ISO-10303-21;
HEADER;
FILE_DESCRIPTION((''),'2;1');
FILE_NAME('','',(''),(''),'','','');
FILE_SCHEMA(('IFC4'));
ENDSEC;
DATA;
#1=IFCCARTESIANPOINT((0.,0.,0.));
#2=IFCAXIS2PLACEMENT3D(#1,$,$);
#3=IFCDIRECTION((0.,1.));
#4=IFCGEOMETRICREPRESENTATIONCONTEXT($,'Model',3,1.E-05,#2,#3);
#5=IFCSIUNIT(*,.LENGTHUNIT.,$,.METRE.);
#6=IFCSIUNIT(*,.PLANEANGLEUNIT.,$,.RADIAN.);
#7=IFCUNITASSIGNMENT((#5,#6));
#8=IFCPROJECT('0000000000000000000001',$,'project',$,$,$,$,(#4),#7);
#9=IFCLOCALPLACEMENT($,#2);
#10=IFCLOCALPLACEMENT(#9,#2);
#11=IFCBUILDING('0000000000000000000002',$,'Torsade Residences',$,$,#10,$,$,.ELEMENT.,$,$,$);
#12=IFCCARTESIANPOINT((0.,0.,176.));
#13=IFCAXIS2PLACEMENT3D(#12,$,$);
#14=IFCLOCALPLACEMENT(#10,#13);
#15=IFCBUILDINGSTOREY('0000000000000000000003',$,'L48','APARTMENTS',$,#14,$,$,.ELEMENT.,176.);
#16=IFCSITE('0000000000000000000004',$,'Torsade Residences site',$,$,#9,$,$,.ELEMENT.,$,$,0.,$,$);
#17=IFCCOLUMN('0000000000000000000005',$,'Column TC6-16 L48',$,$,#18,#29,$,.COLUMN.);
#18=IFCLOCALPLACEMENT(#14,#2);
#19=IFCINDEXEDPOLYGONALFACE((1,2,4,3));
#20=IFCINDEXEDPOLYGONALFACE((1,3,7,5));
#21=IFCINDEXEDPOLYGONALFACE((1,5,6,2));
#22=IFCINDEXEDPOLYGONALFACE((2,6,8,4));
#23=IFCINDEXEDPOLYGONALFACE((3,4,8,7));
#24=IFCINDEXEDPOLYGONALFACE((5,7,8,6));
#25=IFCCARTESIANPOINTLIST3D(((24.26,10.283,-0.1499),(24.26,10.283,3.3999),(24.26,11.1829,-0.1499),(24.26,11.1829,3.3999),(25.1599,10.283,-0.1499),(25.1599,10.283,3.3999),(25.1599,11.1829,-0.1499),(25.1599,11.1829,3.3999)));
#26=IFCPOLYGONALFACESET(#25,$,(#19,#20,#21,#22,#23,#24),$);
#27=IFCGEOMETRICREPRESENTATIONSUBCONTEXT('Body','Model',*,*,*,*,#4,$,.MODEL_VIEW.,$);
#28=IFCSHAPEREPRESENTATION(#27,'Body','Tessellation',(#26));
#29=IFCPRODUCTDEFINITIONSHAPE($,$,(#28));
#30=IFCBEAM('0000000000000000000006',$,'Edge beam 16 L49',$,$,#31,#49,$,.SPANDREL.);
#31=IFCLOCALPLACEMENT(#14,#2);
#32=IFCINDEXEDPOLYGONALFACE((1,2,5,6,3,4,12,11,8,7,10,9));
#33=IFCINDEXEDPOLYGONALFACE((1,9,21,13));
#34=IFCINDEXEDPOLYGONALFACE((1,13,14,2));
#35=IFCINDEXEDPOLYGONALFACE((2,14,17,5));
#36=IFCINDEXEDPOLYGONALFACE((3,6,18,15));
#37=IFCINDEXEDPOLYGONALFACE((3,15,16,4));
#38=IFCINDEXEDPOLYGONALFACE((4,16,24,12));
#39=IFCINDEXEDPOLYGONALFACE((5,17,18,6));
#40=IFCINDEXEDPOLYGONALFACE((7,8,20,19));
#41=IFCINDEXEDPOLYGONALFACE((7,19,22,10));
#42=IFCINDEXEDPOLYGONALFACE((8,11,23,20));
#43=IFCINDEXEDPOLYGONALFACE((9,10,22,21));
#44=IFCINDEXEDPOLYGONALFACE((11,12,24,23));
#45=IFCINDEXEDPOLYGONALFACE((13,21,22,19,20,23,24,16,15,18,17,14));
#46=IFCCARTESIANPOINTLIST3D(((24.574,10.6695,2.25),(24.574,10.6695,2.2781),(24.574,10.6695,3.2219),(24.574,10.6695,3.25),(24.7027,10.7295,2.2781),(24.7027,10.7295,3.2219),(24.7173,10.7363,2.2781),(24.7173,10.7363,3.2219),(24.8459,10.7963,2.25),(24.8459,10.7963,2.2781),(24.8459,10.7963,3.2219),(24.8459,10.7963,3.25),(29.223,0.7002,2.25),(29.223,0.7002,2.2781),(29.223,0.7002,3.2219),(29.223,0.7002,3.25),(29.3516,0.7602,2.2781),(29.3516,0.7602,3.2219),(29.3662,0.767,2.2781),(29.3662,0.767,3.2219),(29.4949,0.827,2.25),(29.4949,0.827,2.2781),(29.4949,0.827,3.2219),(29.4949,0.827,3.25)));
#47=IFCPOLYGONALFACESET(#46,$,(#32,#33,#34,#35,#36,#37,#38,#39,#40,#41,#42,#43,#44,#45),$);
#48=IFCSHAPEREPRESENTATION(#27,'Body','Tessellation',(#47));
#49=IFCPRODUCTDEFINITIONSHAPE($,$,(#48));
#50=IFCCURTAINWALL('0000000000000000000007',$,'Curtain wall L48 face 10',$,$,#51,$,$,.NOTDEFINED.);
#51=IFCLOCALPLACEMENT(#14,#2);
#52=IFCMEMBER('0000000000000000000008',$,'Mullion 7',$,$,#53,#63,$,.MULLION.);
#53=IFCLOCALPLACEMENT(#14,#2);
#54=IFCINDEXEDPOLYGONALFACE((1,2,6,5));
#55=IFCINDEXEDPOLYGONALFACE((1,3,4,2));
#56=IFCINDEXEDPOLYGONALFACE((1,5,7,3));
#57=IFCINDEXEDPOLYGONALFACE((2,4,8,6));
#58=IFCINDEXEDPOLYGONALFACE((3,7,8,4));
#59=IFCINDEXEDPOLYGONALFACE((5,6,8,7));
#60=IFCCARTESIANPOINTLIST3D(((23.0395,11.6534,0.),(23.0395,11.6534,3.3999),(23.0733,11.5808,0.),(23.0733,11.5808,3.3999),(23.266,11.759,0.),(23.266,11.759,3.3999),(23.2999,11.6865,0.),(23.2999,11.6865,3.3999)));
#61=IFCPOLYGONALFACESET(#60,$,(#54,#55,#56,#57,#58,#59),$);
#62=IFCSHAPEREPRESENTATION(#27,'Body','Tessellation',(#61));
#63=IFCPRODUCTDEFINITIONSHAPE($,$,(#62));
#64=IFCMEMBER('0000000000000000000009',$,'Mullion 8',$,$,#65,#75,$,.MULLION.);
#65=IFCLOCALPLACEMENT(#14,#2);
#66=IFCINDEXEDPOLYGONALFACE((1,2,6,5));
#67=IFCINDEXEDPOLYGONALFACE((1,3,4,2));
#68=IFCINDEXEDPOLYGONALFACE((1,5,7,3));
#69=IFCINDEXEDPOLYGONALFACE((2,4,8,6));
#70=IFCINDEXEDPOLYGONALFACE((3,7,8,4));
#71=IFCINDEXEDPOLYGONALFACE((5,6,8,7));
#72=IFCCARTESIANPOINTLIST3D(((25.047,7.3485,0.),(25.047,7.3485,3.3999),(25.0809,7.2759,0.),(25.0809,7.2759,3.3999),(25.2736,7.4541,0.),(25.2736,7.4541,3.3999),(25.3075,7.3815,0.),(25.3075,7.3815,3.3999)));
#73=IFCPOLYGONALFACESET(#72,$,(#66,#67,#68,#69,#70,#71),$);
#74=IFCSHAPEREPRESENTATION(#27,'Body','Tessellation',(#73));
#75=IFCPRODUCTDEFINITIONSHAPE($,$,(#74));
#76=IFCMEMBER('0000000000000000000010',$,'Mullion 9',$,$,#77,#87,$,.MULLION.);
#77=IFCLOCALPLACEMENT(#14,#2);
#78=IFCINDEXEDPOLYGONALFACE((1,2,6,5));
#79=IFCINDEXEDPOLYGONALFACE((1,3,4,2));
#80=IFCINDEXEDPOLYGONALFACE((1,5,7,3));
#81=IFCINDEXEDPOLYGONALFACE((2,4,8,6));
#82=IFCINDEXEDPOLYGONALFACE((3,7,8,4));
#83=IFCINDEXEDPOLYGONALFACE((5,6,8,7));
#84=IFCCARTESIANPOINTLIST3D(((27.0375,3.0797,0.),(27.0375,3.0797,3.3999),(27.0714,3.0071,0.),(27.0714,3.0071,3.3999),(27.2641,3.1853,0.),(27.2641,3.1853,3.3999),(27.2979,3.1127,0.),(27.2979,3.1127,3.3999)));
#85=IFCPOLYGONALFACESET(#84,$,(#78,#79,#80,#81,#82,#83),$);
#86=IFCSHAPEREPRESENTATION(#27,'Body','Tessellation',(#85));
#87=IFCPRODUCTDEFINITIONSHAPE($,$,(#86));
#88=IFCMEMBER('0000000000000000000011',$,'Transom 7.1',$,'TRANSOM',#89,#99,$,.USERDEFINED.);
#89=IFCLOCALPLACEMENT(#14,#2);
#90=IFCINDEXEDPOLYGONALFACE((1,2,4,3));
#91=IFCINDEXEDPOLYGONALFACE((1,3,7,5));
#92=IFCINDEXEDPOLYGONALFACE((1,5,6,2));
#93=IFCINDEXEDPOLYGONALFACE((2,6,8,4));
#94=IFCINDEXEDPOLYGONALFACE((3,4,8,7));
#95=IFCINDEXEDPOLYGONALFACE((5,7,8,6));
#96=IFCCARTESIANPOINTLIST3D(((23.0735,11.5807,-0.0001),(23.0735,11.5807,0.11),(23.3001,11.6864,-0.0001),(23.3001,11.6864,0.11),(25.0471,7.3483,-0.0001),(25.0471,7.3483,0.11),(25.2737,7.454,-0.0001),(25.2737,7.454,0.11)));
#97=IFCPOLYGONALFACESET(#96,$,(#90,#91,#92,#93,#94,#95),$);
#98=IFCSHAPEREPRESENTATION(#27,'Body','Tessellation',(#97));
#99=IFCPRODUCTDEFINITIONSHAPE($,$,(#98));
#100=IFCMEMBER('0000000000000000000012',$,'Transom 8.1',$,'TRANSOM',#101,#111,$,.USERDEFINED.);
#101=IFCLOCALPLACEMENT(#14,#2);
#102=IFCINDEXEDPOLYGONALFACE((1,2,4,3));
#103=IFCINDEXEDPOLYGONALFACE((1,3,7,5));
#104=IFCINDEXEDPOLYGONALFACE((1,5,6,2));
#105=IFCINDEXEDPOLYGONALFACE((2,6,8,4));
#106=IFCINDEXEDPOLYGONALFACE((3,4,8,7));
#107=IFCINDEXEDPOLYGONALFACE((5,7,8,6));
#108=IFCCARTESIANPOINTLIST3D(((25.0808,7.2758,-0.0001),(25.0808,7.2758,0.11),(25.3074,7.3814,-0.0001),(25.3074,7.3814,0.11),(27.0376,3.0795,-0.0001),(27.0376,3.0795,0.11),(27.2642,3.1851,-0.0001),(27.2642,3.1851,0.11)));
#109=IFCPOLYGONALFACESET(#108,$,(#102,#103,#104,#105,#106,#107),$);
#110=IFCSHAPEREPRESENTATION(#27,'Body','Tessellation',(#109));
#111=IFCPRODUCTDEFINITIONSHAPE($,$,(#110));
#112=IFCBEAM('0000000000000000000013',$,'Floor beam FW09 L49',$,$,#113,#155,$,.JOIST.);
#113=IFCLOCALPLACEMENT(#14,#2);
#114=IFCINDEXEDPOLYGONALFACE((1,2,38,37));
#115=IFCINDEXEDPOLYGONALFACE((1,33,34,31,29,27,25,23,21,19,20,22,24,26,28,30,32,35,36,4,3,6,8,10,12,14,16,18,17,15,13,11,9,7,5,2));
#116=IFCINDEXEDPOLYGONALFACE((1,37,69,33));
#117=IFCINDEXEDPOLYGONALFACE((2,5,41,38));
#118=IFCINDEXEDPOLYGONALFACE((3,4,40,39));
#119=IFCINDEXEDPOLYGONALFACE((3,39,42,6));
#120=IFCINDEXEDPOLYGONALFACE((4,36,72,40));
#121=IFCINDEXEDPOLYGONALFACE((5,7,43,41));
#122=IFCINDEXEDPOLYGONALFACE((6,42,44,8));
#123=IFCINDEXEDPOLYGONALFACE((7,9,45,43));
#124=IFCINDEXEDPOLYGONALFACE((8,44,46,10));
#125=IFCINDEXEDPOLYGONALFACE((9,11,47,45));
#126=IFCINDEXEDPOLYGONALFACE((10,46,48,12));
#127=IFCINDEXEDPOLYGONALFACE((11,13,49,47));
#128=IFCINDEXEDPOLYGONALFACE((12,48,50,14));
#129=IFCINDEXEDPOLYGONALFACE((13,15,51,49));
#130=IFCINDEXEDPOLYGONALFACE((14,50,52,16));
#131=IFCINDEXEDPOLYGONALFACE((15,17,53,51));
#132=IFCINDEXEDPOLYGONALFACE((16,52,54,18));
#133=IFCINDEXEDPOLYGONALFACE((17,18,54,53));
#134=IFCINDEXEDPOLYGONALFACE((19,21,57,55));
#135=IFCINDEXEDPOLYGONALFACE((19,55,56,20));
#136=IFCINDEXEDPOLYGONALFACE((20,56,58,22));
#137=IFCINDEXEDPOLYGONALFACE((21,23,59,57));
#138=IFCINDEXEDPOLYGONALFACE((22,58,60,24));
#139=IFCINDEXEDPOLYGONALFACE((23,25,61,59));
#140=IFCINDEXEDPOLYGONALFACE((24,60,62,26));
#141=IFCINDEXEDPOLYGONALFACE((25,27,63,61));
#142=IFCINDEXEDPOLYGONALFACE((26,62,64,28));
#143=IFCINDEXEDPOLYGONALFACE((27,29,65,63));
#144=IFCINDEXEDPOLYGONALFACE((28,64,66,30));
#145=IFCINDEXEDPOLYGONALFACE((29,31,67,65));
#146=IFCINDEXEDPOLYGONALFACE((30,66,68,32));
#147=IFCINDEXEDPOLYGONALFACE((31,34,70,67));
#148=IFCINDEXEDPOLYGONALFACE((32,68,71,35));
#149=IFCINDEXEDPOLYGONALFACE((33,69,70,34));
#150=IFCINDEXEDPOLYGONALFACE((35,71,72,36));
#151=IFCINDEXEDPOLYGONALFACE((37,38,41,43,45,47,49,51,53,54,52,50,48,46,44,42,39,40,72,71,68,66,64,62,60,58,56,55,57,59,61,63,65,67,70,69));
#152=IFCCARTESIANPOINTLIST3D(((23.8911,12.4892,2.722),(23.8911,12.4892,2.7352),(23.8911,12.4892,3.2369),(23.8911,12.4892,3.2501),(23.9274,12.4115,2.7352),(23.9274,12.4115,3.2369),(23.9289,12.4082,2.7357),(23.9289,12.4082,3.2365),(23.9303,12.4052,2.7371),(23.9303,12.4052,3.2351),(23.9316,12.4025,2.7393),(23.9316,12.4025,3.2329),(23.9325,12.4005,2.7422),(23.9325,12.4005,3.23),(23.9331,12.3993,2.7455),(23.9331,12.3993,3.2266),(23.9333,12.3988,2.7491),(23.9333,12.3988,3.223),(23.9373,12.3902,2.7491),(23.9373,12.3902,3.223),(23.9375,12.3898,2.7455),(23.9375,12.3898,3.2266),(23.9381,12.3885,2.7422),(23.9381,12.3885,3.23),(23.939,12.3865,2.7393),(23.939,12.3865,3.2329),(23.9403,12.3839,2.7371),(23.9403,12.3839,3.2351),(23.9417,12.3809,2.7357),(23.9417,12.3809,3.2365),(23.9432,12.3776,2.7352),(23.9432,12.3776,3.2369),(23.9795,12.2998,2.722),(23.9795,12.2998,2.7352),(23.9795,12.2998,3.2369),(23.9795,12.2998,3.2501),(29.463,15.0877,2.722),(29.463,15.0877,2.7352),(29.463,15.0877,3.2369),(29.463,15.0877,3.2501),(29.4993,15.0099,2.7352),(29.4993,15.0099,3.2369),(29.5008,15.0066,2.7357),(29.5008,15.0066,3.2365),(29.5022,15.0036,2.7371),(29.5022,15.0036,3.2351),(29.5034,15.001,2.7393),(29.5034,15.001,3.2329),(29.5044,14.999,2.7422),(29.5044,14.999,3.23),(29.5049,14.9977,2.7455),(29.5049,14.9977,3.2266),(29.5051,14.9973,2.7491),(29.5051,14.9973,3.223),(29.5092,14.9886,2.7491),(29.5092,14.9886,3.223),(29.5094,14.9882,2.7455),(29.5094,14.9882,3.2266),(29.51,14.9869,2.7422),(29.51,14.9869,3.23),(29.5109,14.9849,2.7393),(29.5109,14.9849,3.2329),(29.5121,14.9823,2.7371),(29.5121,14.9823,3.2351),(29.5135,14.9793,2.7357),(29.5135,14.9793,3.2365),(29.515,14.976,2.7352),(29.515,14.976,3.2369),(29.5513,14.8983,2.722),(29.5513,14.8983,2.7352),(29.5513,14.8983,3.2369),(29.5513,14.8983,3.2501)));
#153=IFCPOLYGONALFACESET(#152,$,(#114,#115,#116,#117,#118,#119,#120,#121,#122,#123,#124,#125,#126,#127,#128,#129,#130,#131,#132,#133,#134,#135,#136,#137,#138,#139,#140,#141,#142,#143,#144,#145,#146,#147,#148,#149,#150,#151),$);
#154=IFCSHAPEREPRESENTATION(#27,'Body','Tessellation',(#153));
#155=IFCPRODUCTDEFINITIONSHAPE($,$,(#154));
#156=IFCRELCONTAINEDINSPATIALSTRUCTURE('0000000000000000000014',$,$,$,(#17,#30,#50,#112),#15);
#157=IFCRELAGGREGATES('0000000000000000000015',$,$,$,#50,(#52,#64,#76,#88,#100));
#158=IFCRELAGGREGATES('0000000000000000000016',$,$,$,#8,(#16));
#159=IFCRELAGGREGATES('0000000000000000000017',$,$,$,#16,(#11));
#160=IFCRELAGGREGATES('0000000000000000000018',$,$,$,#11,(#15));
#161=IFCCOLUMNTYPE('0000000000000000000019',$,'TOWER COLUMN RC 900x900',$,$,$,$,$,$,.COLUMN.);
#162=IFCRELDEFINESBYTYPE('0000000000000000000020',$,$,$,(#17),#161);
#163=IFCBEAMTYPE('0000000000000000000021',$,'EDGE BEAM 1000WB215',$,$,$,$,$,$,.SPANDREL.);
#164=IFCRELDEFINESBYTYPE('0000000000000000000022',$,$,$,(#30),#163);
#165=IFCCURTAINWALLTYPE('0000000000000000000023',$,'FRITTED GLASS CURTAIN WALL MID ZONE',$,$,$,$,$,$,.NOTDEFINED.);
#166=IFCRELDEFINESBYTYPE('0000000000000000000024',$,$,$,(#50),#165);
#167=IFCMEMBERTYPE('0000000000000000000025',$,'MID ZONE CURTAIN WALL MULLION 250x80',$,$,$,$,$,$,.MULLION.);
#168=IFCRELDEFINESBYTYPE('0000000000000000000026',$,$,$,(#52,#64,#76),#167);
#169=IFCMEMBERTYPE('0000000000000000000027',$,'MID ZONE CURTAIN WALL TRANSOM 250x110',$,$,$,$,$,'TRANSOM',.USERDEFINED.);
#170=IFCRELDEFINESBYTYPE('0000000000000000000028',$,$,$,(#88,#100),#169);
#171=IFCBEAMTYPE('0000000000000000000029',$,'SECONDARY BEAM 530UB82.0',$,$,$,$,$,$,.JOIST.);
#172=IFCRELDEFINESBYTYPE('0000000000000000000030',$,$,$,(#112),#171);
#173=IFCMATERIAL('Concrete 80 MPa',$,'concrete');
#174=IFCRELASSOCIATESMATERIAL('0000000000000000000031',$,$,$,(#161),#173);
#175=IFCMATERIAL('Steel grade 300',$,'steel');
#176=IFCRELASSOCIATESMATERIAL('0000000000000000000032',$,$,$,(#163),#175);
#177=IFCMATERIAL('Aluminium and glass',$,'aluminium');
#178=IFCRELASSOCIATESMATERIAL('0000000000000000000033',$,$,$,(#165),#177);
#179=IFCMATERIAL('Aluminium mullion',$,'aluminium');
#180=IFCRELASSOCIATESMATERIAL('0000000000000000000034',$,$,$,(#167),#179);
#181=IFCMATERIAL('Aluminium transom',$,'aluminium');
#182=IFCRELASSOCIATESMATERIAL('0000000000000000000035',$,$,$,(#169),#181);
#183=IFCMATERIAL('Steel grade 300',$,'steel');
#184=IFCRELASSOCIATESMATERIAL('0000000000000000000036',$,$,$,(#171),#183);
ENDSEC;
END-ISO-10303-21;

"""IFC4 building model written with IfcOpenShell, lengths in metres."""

from ifc_helpers import new_model, si_unit, direction, frame, origin, origin_2d, place, context, subcontext, project, spatial, rectangle, i_section, extrude, material, material_profile, profile_set, type_object, element, aggregate, save


model = new_model("IFC4")

# Units and contexts
model_context = context("Model", 3, precision=1e-05, world=origin(), true_north=direction((0.0, 1.0)))
body_context = subcontext(model_context, "Body", "Model", "MODEL_VIEW")
ifc_project = project(units=[si_unit("LENGTHUNIT", "METRE"), si_unit("PLANEANGLEUNIT", "RADIAN")], contexts=[model_context])

# Site, building, storey
site_placement = place(None, origin())
site = spatial("IfcSite", under=ifc_project, at=site_placement, Name="Torsade Residences site", CompositionType="ELEMENT", RefElevation=0.0)
building_placement = place(site_placement, origin())
building = spatial("IfcBuilding", under=site, at=building_placement, Name="Torsade Residences", CompositionType="ELEMENT")
storey_placement = place(building_placement, frame((0.0, 0.0, 176.0)))
storey = spatial("IfcBuildingStorey", under=building, at=storey_placement, Name="L48", Description="APARTMENTS", CompositionType="ELEMENT", Elevation=176.0)

# Column
ifc_material_1 = material(Name="Concrete 80 MPa", Category="concrete")
ifc_material_profile_1 = material_profile(ifc_material_1, rectangle(XDim=0.8999, YDim=0.8999, at=origin_2d()), Name="RC 900x900")
ifc_profile_set_1 = profile_set([ifc_material_profile_1], Name="Concrete 80 MPa")
column_type = type_object("IfcColumnType", Name="TOWER COLUMN RC 900x900", PredefinedType="COLUMN", material=ifc_profile_set_1)
column_placement = place(storey_placement, frame((24.71, 10.7329, -0.1499), z_axis=(0.0, 0.0, 1.0), x_axis=(1.0, 0.0, 0.0)))
element("IfcColumn", 1, at=column_placement, inside=storey, type_object=column_type, Name="Column TC6-16 L48", PredefinedType="COLUMN", context=body_context, shape_type="SweptSolid", body=[
    extrude(rectangle(XDim=0.8999, YDim=0.8999, at=origin_2d()), origin(), (0.0, 0.0, 1.0), 3.5498),
])

# Beam
ifc_material_2 = material(Name="Steel grade 300", Category="steel")
ifc_material_profile_2 = material_profile(ifc_material_2, i_section(OverallWidth=0.3, OverallDepth=1.0, WebThickness=0.0161, FlangeThickness=0.0281, at=origin_2d()), Name="1000WB215")
ifc_profile_set_2 = profile_set([ifc_material_profile_2], Name="Steel grade 300")
beam_type_1 = type_object("IfcBeamType", Name="EDGE BEAM 1000WB215", PredefinedType="SPANDREL", material=ifc_profile_set_2)
beam_1_placement = place(storey_placement, frame((24.71, 10.7329, 2.75), z_axis=(0.422633, -0.906301, 0.0), x_axis=(0.906301, 0.422633, 0.0)))
element("IfcBeam", 2, at=beam_1_placement, inside=storey, type_object=beam_type_1, Name="Edge beam 16 L49", PredefinedType="SPANDREL", context=body_context, shape_type="SweptSolid", body=[
    extrude(i_section(OverallWidth=0.3, OverallDepth=1.0, WebThickness=0.0161, FlangeThickness=0.0281, at=origin_2d()), origin(), (0.0, 0.0, 1.0), 11.0),
])

# Curtain wall, members
ifc_material_3 = material(Name="Aluminium and glass", Category="aluminium")
curtain_wall_type = type_object("IfcCurtainWallType", Name="FRITTED GLASS CURTAIN WALL MID ZONE", PredefinedType="NOTDEFINED", material=ifc_material_3)
curtain_wall_placement = place(storey_placement, origin())
curtain_wall = element("IfcCurtainWall", 3, at=curtain_wall_placement, inside=storey, type_object=curtain_wall_type, Name="Curtain wall L48 face 10", PredefinedType="NOTDEFINED")
ifc_material_4 = material(Name="Aluminium mullion", Category="aluminium")
ifc_material_profile_3 = material_profile(ifc_material_4, rectangle(XDim=0.25, YDim=0.0801, at=origin_2d()), Name="MID ZONE CURTAIN WALL MULLION 250x80")
ifc_profile_set_3 = profile_set([ifc_material_profile_3], Name="Aluminium mullion")
member_type_1 = type_object("IfcMemberType", Name="MID ZONE CURTAIN WALL MULLION 250x80", PredefinedType="MULLION", material=ifc_profile_set_3)
member_1_placement = place(storey_placement, frame((23.1697, 11.6699, 0.0), z_axis=(0.0, 0.0, 1.0), x_axis=(0.906308, 0.422618, 0.0)))
member_1 = element("IfcMember", 4, at=member_1_placement, type_object=member_type_1, Name="Mullion 7", PredefinedType="MULLION", context=body_context, shape_type="SweptSolid", body=[
    extrude(rectangle(XDim=0.25, YDim=0.0801, at=origin_2d()), origin(), (0.0, 0.0, 1.0), 3.3999),
])
member_2_placement = place(storey_placement, frame((25.1772, 7.365, 0.0), z_axis=(0.0, 0.0, 1.0), x_axis=(0.906308, 0.422618, 0.0)))
member_2 = element("IfcMember", 5, at=member_2_placement, type_object=member_type_1, Name="Mullion 8", PredefinedType="MULLION", context=body_context, shape_type="SweptSolid", body=[
    extrude(rectangle(XDim=0.25, YDim=0.0801, at=origin_2d()), origin(), (0.0, 0.0, 1.0), 3.3999),
])
member_3_placement = place(storey_placement, frame((27.1677, 3.0962, 0.0), z_axis=(0.0, 0.0, 1.0), x_axis=(0.906308, 0.422618, 0.0)))
member_3 = element("IfcMember", 6, at=member_3_placement, type_object=member_type_1, Name="Mullion 9", PredefinedType="MULLION", context=body_context, shape_type="SweptSolid", body=[
    extrude(rectangle(XDim=0.25, YDim=0.0801, at=origin_2d()), origin(), (0.0, 0.0, 1.0), 3.3999),
])
ifc_material_5 = material(Name="Aluminium transom", Category="aluminium")
ifc_material_profile_4 = material_profile(ifc_material_5, rectangle(XDim=0.25, YDim=0.1101, at=origin_2d()), Name="MID ZONE CURTAIN WALL TRANSOM 250x110")
ifc_profile_set_4 = profile_set([ifc_material_profile_4], Name="Aluminium transom")
member_type_2 = type_object("IfcMemberType", Name="MID ZONE CURTAIN WALL TRANSOM 250x110", ElementType="TRANSOM", PredefinedType="USERDEFINED", material=ifc_profile_set_4)
member_4_placement = place(storey_placement, frame((23.1868, 11.6335, 0.0549), z_axis=(0.422622, -0.906306, 0.0), x_axis=(0.906306, 0.422622, 0.0)))
member_4 = element("IfcMember", 7, at=member_4_placement, type_object=member_type_2, Name="Transom 7.1", ObjectType="TRANSOM", PredefinedType="USERDEFINED", context=body_context, shape_type="SweptSolid", body=[
    extrude(rectangle(XDim=0.25, YDim=0.1101, at=origin_2d()), origin(), (0.0, 0.0, 1.0), 4.6699),
])
member_5_placement = place(storey_placement, frame((25.1941, 7.3286, 0.0549), z_axis=(0.422623, -0.906306, 0.0), x_axis=(0.906306, 0.422623, 0.0)))
member_5 = element("IfcMember", 8, at=member_5_placement, type_object=member_type_2, Name="Transom 8.1", ObjectType="TRANSOM", PredefinedType="USERDEFINED", context=body_context, shape_type="SweptSolid", body=[
    extrude(rectangle(XDim=0.25, YDim=0.1101, at=origin_2d()), origin(), (0.0, 0.0, 1.0), 4.6301),
])

# Beam
ifc_material_6 = material(Name="Steel grade 300", Category="steel")
ifc_material_profile_5 = material_profile(ifc_material_6, i_section(OverallWidth=0.209, OverallDepth=0.5281, WebThickness=0.0095, FlangeThickness=0.0132, FilletRadius=0.0139, at=origin_2d()), Name="530UB82.0")
ifc_profile_set_5 = profile_set([ifc_material_profile_5], Name="Steel grade 300")
beam_type_2 = type_object("IfcBeamType", Name="SECONDARY BEAM 530UB82.0", PredefinedType="JOIST", material=ifc_profile_set_5)
beam_2_placement = place(storey_placement, frame((23.9353, 12.3945, 2.9861), z_axis=(0.906294, 0.422648, 0.0), x_axis=(-0.422648, 0.906294, 0.0)))
element("IfcBeam", 9, at=beam_2_placement, inside=storey, type_object=beam_type_2, Name="Floor beam FW09 L49", PredefinedType="JOIST", context=body_context, shape_type="SweptSolid", body=[
    extrude(i_section(OverallWidth=0.209, OverallDepth=0.5281, WebThickness=0.0095, FlangeThickness=0.0132, FilletRadius=0.0139, at=origin_2d()), origin(), (0.0, 0.0, 1.0), 6.1479),
])

aggregate(curtain_wall, [member_1, member_2, member_3, member_4, member_5])

save(model, "model.ifc")
